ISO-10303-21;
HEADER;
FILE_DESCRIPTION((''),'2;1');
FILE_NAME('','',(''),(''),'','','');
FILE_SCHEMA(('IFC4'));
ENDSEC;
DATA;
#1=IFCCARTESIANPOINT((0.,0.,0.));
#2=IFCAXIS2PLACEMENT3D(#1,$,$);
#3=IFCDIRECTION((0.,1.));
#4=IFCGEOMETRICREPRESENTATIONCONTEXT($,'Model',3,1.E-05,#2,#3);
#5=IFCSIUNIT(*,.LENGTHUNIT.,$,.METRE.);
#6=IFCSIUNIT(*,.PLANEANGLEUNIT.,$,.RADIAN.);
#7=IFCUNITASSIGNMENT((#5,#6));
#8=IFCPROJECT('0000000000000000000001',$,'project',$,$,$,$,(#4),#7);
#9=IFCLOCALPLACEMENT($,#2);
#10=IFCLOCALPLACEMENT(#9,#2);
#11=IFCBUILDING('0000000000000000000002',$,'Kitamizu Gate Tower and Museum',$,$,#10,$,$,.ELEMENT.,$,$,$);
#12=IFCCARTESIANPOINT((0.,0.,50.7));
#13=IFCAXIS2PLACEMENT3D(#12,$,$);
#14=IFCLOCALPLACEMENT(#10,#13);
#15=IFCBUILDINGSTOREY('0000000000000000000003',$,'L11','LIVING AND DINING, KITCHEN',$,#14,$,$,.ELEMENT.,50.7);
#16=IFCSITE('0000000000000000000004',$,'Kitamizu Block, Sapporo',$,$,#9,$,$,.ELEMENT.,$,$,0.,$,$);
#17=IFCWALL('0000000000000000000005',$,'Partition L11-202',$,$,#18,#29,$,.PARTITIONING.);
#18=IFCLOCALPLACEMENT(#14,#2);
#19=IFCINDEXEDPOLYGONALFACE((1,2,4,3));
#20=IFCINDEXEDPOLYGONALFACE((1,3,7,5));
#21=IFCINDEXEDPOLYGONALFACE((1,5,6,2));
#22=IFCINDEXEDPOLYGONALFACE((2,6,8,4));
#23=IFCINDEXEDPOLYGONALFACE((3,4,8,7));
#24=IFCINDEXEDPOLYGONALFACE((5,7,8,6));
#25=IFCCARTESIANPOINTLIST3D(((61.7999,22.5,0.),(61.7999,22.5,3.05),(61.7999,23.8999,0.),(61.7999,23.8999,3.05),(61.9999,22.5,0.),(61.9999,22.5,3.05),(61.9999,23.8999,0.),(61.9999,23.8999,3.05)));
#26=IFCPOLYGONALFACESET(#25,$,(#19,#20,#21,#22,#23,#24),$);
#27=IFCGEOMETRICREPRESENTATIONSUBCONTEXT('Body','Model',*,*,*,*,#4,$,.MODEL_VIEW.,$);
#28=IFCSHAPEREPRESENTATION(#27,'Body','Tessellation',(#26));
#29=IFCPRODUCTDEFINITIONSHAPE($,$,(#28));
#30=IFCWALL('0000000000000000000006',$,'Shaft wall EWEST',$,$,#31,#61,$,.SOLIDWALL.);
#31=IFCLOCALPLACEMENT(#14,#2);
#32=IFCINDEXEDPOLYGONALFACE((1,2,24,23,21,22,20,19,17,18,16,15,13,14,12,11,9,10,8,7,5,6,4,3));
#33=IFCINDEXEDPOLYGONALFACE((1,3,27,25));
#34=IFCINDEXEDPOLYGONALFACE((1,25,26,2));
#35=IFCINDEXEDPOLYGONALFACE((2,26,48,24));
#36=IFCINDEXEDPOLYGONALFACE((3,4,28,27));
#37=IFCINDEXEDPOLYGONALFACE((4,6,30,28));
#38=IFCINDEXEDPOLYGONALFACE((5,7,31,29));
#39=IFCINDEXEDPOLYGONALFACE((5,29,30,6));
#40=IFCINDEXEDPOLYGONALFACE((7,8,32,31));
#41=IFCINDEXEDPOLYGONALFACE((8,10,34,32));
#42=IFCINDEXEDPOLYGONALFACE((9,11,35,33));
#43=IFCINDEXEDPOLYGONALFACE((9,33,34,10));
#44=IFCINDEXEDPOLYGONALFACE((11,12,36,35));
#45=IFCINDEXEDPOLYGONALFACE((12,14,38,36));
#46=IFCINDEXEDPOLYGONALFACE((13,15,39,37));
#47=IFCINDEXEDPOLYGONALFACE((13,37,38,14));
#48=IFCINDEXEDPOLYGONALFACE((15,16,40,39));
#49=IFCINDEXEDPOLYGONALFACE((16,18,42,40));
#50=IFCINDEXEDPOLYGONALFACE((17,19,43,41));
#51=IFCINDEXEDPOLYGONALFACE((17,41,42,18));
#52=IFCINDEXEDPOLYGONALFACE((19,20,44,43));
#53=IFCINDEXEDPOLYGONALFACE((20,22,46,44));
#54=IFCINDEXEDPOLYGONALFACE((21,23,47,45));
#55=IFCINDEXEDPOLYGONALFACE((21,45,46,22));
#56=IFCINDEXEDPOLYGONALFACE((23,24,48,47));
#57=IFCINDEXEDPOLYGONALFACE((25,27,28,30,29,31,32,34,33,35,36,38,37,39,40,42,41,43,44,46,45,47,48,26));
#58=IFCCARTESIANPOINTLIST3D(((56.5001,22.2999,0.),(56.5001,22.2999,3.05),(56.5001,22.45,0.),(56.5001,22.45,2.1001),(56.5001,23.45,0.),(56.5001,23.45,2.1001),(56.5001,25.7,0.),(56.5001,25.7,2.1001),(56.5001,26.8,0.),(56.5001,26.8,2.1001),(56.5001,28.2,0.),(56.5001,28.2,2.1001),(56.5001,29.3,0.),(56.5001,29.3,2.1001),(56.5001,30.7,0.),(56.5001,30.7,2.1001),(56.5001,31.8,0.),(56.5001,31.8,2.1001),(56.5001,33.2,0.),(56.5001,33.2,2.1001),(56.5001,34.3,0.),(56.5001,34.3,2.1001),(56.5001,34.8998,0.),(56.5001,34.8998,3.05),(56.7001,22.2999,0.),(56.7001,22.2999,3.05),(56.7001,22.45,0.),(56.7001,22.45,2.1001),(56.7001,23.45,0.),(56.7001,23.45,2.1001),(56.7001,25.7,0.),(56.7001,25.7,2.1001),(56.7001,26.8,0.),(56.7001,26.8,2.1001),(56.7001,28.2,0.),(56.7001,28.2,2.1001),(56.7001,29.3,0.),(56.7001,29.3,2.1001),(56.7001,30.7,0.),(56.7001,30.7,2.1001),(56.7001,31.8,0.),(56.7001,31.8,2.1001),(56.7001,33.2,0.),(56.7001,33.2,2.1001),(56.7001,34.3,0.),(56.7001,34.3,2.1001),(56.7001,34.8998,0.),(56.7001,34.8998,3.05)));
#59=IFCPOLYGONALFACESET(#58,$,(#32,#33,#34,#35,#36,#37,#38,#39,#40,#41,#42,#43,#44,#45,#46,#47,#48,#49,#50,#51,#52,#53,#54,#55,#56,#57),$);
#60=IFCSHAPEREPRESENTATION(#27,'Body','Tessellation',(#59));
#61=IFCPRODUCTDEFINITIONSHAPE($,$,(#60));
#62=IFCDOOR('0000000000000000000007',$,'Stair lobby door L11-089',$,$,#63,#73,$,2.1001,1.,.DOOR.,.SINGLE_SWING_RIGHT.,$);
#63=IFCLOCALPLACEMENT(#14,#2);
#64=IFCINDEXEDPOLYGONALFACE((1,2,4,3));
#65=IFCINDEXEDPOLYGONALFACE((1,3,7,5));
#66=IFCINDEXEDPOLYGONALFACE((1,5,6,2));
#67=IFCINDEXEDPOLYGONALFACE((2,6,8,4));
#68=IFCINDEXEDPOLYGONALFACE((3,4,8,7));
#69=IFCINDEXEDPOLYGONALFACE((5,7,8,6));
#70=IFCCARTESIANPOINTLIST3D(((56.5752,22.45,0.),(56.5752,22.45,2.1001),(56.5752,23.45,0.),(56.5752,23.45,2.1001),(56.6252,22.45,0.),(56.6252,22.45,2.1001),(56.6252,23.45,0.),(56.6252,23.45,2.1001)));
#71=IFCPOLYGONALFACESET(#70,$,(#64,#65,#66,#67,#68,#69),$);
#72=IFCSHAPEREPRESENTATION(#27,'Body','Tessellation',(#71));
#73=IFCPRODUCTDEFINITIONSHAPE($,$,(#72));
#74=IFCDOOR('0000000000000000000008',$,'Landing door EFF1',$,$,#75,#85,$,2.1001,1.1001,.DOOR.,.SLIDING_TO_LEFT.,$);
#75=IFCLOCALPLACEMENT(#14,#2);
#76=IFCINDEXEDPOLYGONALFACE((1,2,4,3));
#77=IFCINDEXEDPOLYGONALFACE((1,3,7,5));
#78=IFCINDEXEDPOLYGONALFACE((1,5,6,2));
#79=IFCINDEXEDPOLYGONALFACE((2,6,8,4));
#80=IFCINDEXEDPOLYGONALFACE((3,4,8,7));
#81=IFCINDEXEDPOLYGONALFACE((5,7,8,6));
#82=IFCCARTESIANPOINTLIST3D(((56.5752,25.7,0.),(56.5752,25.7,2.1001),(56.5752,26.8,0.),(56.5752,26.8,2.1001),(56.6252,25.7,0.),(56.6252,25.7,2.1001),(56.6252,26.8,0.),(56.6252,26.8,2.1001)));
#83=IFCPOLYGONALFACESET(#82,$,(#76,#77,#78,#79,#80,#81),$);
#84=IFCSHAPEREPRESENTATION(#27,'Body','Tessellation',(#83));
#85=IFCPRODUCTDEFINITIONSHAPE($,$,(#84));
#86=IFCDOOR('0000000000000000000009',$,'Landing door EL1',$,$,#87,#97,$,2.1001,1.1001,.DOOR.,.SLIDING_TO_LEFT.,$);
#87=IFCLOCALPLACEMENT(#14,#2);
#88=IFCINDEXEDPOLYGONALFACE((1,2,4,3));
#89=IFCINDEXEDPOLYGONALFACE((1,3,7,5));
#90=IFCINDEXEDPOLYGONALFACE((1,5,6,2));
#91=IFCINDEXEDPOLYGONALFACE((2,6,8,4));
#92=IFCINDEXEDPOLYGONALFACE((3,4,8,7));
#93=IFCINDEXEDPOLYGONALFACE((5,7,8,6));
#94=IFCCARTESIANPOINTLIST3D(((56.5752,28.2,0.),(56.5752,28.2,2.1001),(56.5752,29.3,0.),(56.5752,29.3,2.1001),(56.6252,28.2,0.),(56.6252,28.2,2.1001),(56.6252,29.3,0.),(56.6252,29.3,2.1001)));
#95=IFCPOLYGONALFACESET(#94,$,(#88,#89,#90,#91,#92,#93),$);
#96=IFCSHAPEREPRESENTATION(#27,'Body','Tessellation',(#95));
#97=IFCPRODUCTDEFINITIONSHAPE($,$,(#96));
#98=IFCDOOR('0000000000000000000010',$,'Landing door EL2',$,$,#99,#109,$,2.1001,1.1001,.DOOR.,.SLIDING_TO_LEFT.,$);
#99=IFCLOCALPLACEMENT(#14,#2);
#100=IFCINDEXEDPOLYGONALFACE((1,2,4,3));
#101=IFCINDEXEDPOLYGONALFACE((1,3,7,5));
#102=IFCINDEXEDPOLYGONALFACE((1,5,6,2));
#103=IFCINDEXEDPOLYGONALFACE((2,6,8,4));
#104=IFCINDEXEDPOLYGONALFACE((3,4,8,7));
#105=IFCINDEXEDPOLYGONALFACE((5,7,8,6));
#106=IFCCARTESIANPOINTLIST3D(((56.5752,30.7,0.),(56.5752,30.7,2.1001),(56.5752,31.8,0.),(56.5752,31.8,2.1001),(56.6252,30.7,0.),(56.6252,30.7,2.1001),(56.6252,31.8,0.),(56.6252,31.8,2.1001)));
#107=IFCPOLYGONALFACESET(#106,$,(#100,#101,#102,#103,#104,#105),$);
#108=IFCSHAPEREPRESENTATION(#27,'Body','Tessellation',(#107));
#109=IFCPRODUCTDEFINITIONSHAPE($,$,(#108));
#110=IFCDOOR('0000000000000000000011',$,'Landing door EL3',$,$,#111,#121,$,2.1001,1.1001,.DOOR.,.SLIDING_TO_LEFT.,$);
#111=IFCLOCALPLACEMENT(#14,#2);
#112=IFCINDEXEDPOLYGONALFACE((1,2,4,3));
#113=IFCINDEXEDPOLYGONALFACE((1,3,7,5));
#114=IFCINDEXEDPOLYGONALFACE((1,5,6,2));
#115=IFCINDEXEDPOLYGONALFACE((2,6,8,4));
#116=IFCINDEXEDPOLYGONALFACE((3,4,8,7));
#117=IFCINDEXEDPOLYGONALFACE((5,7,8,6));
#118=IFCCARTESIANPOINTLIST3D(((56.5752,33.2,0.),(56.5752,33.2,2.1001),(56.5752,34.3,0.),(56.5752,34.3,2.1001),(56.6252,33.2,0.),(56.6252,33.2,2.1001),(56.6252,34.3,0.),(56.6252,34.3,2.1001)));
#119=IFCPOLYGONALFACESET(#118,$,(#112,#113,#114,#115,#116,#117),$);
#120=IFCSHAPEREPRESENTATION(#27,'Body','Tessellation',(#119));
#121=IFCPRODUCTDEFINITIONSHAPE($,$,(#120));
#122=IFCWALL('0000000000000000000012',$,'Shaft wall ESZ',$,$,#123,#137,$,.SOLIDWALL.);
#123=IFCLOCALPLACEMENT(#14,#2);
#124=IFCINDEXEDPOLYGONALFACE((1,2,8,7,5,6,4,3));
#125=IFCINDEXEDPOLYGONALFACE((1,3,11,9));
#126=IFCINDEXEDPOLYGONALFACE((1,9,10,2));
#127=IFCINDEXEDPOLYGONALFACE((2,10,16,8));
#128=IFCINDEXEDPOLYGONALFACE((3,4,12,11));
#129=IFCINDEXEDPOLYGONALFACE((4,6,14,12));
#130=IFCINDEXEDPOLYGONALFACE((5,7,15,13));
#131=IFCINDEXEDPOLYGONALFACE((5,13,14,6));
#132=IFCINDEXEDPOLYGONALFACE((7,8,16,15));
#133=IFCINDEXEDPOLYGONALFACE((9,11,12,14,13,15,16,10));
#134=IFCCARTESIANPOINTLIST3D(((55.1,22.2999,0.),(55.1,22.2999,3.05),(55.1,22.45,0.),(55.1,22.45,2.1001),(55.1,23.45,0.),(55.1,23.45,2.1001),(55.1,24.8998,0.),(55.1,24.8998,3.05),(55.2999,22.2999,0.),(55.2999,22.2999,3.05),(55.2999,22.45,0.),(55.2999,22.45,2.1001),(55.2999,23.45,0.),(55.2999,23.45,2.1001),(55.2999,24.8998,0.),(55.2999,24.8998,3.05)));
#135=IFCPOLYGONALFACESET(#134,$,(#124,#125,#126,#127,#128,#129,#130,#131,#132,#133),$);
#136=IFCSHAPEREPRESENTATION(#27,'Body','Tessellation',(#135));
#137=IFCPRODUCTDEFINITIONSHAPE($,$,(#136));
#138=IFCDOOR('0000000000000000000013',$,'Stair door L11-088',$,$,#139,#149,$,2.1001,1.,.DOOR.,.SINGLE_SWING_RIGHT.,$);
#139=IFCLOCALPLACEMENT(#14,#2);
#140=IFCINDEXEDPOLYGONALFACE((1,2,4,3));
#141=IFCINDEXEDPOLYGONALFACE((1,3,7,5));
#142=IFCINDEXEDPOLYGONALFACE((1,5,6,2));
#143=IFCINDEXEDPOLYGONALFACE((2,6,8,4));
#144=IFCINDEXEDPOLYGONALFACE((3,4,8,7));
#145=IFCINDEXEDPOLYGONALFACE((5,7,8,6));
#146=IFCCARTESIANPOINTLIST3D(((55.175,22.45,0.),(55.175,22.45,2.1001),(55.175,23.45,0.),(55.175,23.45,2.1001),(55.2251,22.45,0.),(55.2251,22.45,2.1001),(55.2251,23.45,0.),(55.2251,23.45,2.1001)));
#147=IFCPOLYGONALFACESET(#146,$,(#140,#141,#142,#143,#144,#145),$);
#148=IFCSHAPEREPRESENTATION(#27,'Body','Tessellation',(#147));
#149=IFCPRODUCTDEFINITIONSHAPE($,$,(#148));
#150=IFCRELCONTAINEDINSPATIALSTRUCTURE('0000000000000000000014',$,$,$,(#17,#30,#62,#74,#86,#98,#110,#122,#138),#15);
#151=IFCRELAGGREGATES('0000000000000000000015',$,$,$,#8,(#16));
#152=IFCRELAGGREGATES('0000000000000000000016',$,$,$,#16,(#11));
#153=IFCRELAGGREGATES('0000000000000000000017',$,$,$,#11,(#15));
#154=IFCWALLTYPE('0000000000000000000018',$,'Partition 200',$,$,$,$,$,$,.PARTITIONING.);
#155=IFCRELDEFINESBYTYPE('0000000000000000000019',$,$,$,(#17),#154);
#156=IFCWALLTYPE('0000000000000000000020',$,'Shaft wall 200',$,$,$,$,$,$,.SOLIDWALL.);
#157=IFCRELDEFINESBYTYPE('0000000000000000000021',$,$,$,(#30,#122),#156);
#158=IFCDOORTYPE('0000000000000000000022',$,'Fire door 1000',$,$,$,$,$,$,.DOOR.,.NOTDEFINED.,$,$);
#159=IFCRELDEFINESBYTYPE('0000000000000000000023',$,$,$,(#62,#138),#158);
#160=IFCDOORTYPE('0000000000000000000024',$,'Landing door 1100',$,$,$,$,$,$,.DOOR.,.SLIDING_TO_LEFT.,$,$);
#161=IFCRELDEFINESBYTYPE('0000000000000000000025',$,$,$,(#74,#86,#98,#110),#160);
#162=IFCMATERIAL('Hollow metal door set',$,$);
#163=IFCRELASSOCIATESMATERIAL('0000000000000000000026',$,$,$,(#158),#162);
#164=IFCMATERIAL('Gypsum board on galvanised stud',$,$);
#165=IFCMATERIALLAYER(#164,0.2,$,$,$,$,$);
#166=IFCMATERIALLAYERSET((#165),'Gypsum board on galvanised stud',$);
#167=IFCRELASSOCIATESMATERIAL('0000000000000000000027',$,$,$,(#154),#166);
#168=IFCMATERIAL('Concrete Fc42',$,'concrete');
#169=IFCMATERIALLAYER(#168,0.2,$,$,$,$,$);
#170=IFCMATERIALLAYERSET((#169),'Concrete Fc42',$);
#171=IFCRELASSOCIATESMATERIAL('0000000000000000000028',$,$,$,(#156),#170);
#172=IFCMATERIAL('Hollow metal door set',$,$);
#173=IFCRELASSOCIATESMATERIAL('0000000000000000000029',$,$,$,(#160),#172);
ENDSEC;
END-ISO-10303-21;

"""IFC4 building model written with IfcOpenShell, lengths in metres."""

from ifc_helpers import new_model, si_unit, direction, frame, frame_2d, origin, place, context, subcontext, project, spatial, rectangle, extrude, material, layer, layer_set, type_object, element, fill, save


model = new_model("IFC4")

# Units and contexts
model_context = context("Model", 3, precision=1e-05, world=origin(), true_north=direction((0.0, 1.0)))
body_context = subcontext(model_context, "Body", "Model", "MODEL_VIEW")
ifc_project = project(units=[si_unit("LENGTHUNIT", "METRE"), si_unit("PLANEANGLEUNIT", "RADIAN")], contexts=[model_context])

# Site, building, storey
site_placement = place(None, origin())
site = spatial("IfcSite", under=ifc_project, at=site_placement, Name="Kitamizu Block, Sapporo", CompositionType="ELEMENT", RefElevation=0.0)
building_placement = place(site_placement, origin())
building = spatial("IfcBuilding", under=site, at=building_placement, Name="Kitamizu Gate Tower and Museum", CompositionType="ELEMENT")
storey_placement = place(building_placement, frame((0.0, 0.0, 50.7)))
storey = spatial("IfcBuildingStorey", under=building, at=storey_placement, Name="L11", Description="LIVING AND DINING, KITCHEN", CompositionType="ELEMENT", Elevation=50.7)

# Shared definitions
ifc_material_1 = material(Name="Hollow metal door set")
door_type_1 = type_object("IfcDoorType", Name="Fire door 1000", OperationType="NOTDEFINED", PredefinedType="DOOR", material=ifc_material_1)

# Shared definitions
ifc_material_2 = material(Name="Gypsum board on galvanised stud")
ifc_layer_1 = layer(ifc_material_2, 0.2)
ifc_layer_set_1 = layer_set([ifc_layer_1], Name="Gypsum board on galvanised stud")
wall_type_1 = type_object("IfcWallType", Name="Partition 200", PredefinedType="PARTITIONING", material=ifc_layer_set_1)

# Wall
wall_1_placement = place(storey_placement, frame((61.8999, 23.8999, 0.0), z_axis=(0.0, 0.0, 1.0), x_axis=(0.0, -1.0, 0.0)))
element("IfcWall", 1, at=wall_1_placement, inside=storey, type_object=wall_type_1, Name="Partition L11-202", PredefinedType="PARTITIONING", context=body_context, shape_type="SweptSolid", body=[
    extrude(rectangle(XDim=1.3999, YDim=0.2, at=frame_2d((0.7, 0.0))), origin(), (0.0, 0.0, 1.0), 3.05),
])

# Wall, openings, doors
ifc_material_3 = material(Name="Concrete Fc42", Category="concrete")
ifc_layer_2 = layer(ifc_material_3, 0.2)
ifc_layer_set_2 = layer_set([ifc_layer_2], Name="Concrete Fc42")
wall_type_2 = type_object("IfcWallType", Name="Shaft wall 200", PredefinedType="SOLIDWALL", material=ifc_layer_set_2)
wall_2_placement = place(storey_placement, frame((56.6001, 22.3, 0.0), z_axis=(0.0, 0.0, 1.0), x_axis=(0.0, 1.0, 0.0)))
wall_2 = element("IfcWall", 2, at=wall_2_placement, inside=storey, type_object=wall_type_2, Name="Shaft wall EWEST", PredefinedType="SOLIDWALL", context=body_context, shape_type="SweptSolid", body=[
    extrude(rectangle(XDim=12.5999, YDim=0.2, at=frame_2d((6.2998, 0.0))), origin(), (0.0, 0.0, 1.0), 3.05),
])
opening_1_placement = place(wall_2_placement, frame((3.3999, 0.0, 0.0)))
opening_1 = element("IfcOpeningElement", 3, at=opening_1_placement, cuts=wall_2, PredefinedType="OPENING", context=body_context, shape_type="SweptSolid", body=[
    extrude(rectangle(XDim=1.1001, YDim=2.1001, at=frame_2d((0.55, 1.05))), frame((0.0, 0.1099, 0.0), z_axis=(0.0, -1.0, 0.0), x_axis=(1.0, 0.0, 0.0)), (0.0, 0.0, 1.0), 0.22),
])
opening_2_placement = place(wall_2_placement, frame((5.8999, 0.0, 0.0)))
opening_2 = element("IfcOpeningElement", 4, at=opening_2_placement, cuts=wall_2, PredefinedType="OPENING", context=body_context, shape_type="SweptSolid", body=[
    extrude(rectangle(XDim=1.1001, YDim=2.1001, at=frame_2d((0.55, 1.05))), frame((0.0, 0.1099, 0.0), z_axis=(0.0, -1.0, 0.0), x_axis=(1.0, 0.0, 0.0)), (0.0, 0.0, 1.0), 0.22),
])
opening_3_placement = place(wall_2_placement, frame((8.3999, 0.0, 0.0)))
opening_3 = element("IfcOpeningElement", 5, at=opening_3_placement, cuts=wall_2, PredefinedType="OPENING", context=body_context, shape_type="SweptSolid", body=[
    extrude(rectangle(XDim=1.1001, YDim=2.1001, at=frame_2d((0.55, 1.05))), frame((0.0, 0.1099, 0.0), z_axis=(0.0, -1.0, 0.0), x_axis=(1.0, 0.0, 0.0)), (0.0, 0.0, 1.0), 0.22),
])
opening_4_placement = place(wall_2_placement, frame((10.8999, 0.0, 0.0)))
opening_4 = element("IfcOpeningElement", 6, at=opening_4_placement, cuts=wall_2, PredefinedType="OPENING", context=body_context, shape_type="SweptSolid", body=[
    extrude(rectangle(XDim=1.1001, YDim=2.1001, at=frame_2d((0.55, 1.05))), frame((0.0, 0.1099, 0.0), z_axis=(0.0, -1.0, 0.0), x_axis=(1.0, 0.0, 0.0)), (0.0, 0.0, 1.0), 0.22),
])
opening_5_placement = place(wall_2_placement, frame((0.1499, 0.0, 0.0)))
opening_5 = element("IfcOpeningElement", 7, at=opening_5_placement, cuts=wall_2, PredefinedType="OPENING", context=body_context, shape_type="SweptSolid", body=[
    extrude(rectangle(XDim=1.0, YDim=2.1001, at=frame_2d((0.5, 1.05))), frame((0.0, 0.1099, 0.0), z_axis=(0.0, -1.0, 0.0), x_axis=(1.0, 0.0, 0.0)), (0.0, 0.0, 1.0), 0.22),
])
door_1_placement = place(opening_5_placement, origin())
door_1 = element("IfcDoor", 8, at=door_1_placement, inside=storey, type_object=door_type_1, Name="Stair lobby door L11-089", OperationType="SINGLE_SWING_RIGHT", OverallHeight=2.1001, OverallWidth=1.0, PredefinedType="DOOR", context=body_context, shape_type="SweptSolid", body=[
    extrude(rectangle(XDim=1.0, YDim=2.1001, at=frame_2d((0.5, 1.05))), frame((0.0, 0.0249, 0.0), z_axis=(0.0, -1.0, 0.0), x_axis=(1.0, 0.0, 0.0)), (0.0, 0.0, 1.0), 0.05),
])
fill(opening_5, door_1)
ifc_material_4 = material(Name="Hollow metal door set")
door_type_2 = type_object("IfcDoorType", Name="Landing door 1100", OperationType="SLIDING_TO_LEFT", PredefinedType="DOOR", material=ifc_material_4)
door_2_placement = place(opening_1_placement, origin())
door_2 = element("IfcDoor", 9, at=door_2_placement, inside=storey, type_object=door_type_2, Name="Landing door EFF1", OperationType="SLIDING_TO_LEFT", OverallHeight=2.1001, OverallWidth=1.1001, PredefinedType="DOOR", context=body_context, shape_type="SweptSolid", body=[
    extrude(rectangle(XDim=1.1001, YDim=2.1001, at=frame_2d((0.55, 1.05))), frame((0.0, 0.0249, 0.0), z_axis=(0.0, -1.0, 0.0), x_axis=(1.0, 0.0, 0.0)), (0.0, 0.0, 1.0), 0.05),
])
fill(opening_1, door_2)
door_3_placement = place(opening_2_placement, origin())
door_3 = element("IfcDoor", 10, at=door_3_placement, inside=storey, type_object=door_type_2, Name="Landing door EL1", OperationType="SLIDING_TO_LEFT", OverallHeight=2.1001, OverallWidth=1.1001, PredefinedType="DOOR", context=body_context, shape_type="SweptSolid", body=[
    extrude(rectangle(XDim=1.1001, YDim=2.1001, at=frame_2d((0.55, 1.05))), frame((0.0, 0.0249, 0.0), z_axis=(0.0, -1.0, 0.0), x_axis=(1.0, 0.0, 0.0)), (0.0, 0.0, 1.0), 0.05),
])
fill(opening_2, door_3)
door_4_placement = place(opening_3_placement, origin())
door_4 = element("IfcDoor", 11, at=door_4_placement, inside=storey, type_object=door_type_2, Name="Landing door EL2", OperationType="SLIDING_TO_LEFT", OverallHeight=2.1001, OverallWidth=1.1001, PredefinedType="DOOR", context=body_context, shape_type="SweptSolid", body=[
    extrude(rectangle(XDim=1.1001, YDim=2.1001, at=frame_2d((0.55, 1.05))), frame((0.0, 0.0249, 0.0), z_axis=(0.0, -1.0, 0.0), x_axis=(1.0, 0.0, 0.0)), (0.0, 0.0, 1.0), 0.05),
])
fill(opening_3, door_4)
door_5_placement = place(opening_4_placement, origin())
door_5 = element("IfcDoor", 12, at=door_5_placement, inside=storey, type_object=door_type_2, Name="Landing door EL3", OperationType="SLIDING_TO_LEFT", OverallHeight=2.1001, OverallWidth=1.1001, PredefinedType="DOOR", context=body_context, shape_type="SweptSolid", body=[
    extrude(rectangle(XDim=1.1001, YDim=2.1001, at=frame_2d((0.55, 1.05))), frame((0.0, 0.0249, 0.0), z_axis=(0.0, -1.0, 0.0), x_axis=(1.0, 0.0, 0.0)), (0.0, 0.0, 1.0), 0.05),
])
fill(opening_4, door_5)

# Wall, opening, door
wall_3_placement = place(storey_placement, frame((55.2, 22.3, 0.0), z_axis=(0.0, 0.0, 1.0), x_axis=(0.0, 1.0, 0.0)))
wall_3 = element("IfcWall", 13, at=wall_3_placement, inside=storey, type_object=wall_type_2, Name="Shaft wall ESZ", PredefinedType="SOLIDWALL", context=body_context, shape_type="SweptSolid", body=[
    extrude(rectangle(XDim=2.5999, YDim=0.2, at=frame_2d((1.2998, 0.0))), origin(), (0.0, 0.0, 1.0), 3.05),
])
opening_6_placement = place(wall_3_placement, frame((0.1499, 0.0, 0.0)))
opening_6 = element("IfcOpeningElement", 14, at=opening_6_placement, cuts=wall_3, PredefinedType="OPENING", context=body_context, shape_type="SweptSolid", body=[
    extrude(rectangle(XDim=1.0, YDim=2.1001, at=frame_2d((0.5, 1.05))), frame((0.0, 0.1099, 0.0), z_axis=(0.0, -1.0, 0.0), x_axis=(1.0, 0.0, 0.0)), (0.0, 0.0, 1.0), 0.22),
])
door_6_placement = place(opening_6_placement, origin())
door_6 = element("IfcDoor", 15, at=door_6_placement, inside=storey, type_object=door_type_1, Name="Stair door L11-088", OperationType="SINGLE_SWING_RIGHT", OverallHeight=2.1001, OverallWidth=1.0, PredefinedType="DOOR", context=body_context, shape_type="SweptSolid", body=[
    extrude(rectangle(XDim=1.0, YDim=2.1001, at=frame_2d((0.5, 1.05))), frame((0.0, 0.0249, 0.0), z_axis=(0.0, -1.0, 0.0), x_axis=(1.0, 0.0, 0.0)), (0.0, 0.0, 1.0), 0.05),
])
fill(opening_6, door_6)

save(model, "model.ifc")
